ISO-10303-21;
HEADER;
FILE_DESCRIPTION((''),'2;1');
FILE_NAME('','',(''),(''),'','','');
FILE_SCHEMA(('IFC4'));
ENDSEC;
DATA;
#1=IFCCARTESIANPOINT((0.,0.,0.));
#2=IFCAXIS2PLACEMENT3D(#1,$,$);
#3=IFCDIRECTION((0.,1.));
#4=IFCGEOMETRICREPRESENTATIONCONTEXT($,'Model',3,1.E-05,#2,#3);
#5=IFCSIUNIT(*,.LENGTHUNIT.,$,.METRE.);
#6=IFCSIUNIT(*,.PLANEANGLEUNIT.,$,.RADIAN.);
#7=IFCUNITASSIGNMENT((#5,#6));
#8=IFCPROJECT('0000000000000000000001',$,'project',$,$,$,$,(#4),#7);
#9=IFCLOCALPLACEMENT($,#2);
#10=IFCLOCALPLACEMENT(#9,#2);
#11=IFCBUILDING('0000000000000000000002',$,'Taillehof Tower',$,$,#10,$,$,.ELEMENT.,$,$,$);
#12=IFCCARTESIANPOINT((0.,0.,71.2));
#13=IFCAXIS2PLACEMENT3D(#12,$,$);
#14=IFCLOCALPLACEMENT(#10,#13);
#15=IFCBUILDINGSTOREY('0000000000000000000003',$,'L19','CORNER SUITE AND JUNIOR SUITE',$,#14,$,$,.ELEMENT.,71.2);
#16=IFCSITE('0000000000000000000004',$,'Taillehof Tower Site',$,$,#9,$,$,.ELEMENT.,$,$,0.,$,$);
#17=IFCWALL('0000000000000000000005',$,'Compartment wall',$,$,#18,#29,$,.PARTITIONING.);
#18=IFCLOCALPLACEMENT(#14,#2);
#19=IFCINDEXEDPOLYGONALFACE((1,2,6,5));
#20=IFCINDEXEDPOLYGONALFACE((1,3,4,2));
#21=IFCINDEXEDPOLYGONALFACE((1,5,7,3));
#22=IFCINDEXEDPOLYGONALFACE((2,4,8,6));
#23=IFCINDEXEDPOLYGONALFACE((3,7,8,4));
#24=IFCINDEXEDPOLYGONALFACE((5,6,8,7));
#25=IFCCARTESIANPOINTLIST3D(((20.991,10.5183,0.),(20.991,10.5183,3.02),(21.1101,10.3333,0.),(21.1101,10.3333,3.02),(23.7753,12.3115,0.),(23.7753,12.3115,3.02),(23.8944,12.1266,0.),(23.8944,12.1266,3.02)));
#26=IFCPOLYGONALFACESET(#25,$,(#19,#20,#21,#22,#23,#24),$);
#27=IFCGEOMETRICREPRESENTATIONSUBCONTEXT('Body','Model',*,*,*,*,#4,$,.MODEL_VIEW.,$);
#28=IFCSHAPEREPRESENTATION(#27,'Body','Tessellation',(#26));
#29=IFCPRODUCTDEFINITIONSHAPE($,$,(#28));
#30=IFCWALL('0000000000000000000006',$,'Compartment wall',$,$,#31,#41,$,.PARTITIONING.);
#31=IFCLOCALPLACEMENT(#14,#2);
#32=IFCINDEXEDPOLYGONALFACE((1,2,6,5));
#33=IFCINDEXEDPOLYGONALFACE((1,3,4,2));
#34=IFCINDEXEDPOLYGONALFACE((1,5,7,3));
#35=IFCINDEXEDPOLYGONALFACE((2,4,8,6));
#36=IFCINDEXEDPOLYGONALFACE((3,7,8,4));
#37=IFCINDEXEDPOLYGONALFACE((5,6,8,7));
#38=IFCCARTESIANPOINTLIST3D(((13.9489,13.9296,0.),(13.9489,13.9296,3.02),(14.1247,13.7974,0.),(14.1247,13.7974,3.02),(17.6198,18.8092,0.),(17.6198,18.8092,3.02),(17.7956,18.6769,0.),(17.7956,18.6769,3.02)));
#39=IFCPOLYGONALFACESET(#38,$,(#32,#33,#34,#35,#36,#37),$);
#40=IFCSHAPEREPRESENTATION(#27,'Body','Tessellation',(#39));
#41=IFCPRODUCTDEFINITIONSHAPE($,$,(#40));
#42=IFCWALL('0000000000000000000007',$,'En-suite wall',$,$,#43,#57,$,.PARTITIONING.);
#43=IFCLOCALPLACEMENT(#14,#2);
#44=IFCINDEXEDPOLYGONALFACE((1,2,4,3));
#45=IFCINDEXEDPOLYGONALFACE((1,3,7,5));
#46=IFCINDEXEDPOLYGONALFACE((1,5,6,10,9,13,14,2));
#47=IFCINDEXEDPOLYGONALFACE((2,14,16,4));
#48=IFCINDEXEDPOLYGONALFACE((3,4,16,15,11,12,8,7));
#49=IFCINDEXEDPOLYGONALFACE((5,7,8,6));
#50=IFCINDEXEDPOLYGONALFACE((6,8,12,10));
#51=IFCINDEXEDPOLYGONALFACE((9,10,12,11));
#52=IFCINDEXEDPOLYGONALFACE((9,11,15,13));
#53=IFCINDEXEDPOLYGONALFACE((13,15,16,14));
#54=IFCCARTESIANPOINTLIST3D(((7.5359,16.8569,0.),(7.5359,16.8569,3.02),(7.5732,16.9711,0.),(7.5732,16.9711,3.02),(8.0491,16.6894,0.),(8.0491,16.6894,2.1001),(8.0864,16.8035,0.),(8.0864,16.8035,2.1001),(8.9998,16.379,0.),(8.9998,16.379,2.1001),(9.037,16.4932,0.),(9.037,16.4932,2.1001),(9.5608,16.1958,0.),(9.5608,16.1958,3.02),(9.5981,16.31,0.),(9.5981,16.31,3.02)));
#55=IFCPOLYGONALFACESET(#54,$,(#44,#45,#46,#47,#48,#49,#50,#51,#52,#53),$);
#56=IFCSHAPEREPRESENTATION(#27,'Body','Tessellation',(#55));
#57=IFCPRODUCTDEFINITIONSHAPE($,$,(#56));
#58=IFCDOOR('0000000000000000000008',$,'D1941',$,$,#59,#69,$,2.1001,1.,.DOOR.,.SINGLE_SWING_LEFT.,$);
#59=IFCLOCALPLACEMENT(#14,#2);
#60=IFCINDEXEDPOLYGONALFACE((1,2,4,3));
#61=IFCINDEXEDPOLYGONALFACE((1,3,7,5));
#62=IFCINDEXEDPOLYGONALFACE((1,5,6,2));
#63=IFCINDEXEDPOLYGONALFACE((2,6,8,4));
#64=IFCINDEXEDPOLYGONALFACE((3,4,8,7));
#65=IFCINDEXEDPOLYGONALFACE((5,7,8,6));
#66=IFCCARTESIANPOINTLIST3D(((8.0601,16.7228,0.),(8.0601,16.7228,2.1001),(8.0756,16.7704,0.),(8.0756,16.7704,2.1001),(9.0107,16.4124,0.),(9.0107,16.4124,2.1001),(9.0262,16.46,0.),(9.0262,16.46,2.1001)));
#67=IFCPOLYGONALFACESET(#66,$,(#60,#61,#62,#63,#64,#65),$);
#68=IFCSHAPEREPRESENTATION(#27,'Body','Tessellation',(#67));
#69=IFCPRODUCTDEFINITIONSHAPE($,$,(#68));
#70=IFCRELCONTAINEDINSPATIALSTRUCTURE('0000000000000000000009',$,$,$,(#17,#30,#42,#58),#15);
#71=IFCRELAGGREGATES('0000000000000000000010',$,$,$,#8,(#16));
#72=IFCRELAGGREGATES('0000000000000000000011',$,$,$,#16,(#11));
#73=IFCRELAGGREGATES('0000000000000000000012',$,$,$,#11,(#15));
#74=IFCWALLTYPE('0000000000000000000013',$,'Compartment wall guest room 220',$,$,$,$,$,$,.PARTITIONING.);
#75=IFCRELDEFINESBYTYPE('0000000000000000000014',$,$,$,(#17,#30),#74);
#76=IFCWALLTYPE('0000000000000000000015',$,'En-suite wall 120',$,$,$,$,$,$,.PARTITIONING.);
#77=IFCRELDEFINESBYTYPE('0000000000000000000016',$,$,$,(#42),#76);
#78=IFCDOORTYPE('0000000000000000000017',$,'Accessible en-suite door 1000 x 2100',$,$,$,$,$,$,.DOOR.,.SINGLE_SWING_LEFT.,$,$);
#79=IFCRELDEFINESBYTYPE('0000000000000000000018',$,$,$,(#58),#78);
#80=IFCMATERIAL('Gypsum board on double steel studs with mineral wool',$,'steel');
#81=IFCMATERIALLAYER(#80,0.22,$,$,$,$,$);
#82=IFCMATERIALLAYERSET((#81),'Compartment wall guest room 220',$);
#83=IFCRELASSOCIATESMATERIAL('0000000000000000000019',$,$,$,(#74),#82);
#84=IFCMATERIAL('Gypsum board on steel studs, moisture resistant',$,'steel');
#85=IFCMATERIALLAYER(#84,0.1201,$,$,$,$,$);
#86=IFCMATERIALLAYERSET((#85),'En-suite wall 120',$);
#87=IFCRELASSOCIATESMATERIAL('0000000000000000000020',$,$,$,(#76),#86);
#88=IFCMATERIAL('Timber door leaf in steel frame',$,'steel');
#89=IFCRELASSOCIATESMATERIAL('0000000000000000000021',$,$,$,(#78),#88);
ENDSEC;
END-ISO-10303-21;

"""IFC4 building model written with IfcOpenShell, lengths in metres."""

from ifc_helpers import new_model, si_unit, direction, frame, frame_2d, origin, place, context, subcontext, project, spatial, rectangle, extrude, material, layer, layer_set, type_object, element, fill, save


model = new_model("IFC4")

# Units and contexts
model_context = context("Model", 3, precision=1e-05, world=origin(), true_north=direction((0.0, 1.0)))
body_context = subcontext(model_context, "Body", "Model", "MODEL_VIEW")
ifc_project = project(units=[si_unit("LENGTHUNIT", "METRE"), si_unit("PLANEANGLEUNIT", "RADIAN")], contexts=[model_context])

# Site, building, storey
site_placement = place(None, origin())
site = spatial("IfcSite", under=ifc_project, at=site_placement, Name="Taillehof Tower Site", CompositionType="ELEMENT", RefElevation=0.0)
building_placement = place(site_placement, origin())
building = spatial("IfcBuilding", under=site, at=building_placement, Name="Taillehof Tower", CompositionType="ELEMENT")
storey_placement = place(building_placement, frame((0.0, 0.0, 71.2)))
storey = spatial("IfcBuildingStorey", under=building, at=storey_placement, Name="L19", Description="CORNER SUITE AND JUNIOR SUITE", CompositionType="ELEMENT", Elevation=71.2)

# Walls
ifc_material_1 = material(Name="Gypsum board on double steel studs with mineral wool", Category="steel")
ifc_layer_1 = layer(ifc_material_1, 0.22)
ifc_layer_set_1 = layer_set([ifc_layer_1], Name="Compartment wall guest room 220")
wall_type_1 = type_object("IfcWallType", Name="Compartment wall guest room 220", PredefinedType="PARTITIONING", material=ifc_layer_set_1)
wall_1_placement = place(storey_placement, frame((23.8347, 12.219, 0.0), z_axis=(0.0, 0.0, 1.0), x_axis=(-0.840713, -0.54148, 0.0)))
element("IfcWall", 1, at=wall_1_placement, inside=storey, type_object=wall_type_1, Name="Compartment wall", PredefinedType="PARTITIONING", context=body_context, shape_type="SweptSolid", body=[
    extrude(rectangle(XDim=3.3118, YDim=0.22, at=frame_2d((1.6558, 0.0))), origin(), (0.0, 0.0, 1.0), 3.02),
])
wall_2_placement = place(storey_placement, frame((17.7078, 18.7432, 0.0), z_axis=(0.0, 0.0, 1.0), x_axis=(-0.60117, -0.799121, 0.0)))
element("IfcWall", 2, at=wall_2_placement, inside=storey, type_object=wall_type_1, Name="Compartment wall", PredefinedType="PARTITIONING", context=body_context, shape_type="SweptSolid", body=[
    extrude(rectangle(XDim=6.1062, YDim=0.22, at=frame_2d((3.0532, 0.0))), origin(), (0.0, 0.0, 1.0), 3.02),
])

# Wall, opening, door
ifc_material_2 = material(Name="Gypsum board on steel studs, moisture resistant", Category="steel")
ifc_layer_2 = layer(ifc_material_2, 0.1201)
ifc_layer_set_2 = layer_set([ifc_layer_2], Name="En-suite wall 120")
wall_type_2 = type_object("IfcWallType", Name="En-suite wall 120", PredefinedType="PARTITIONING", material=ifc_layer_set_2)
wall_3_placement = place(storey_placement, frame((9.5793, 16.2529, 0.0), z_axis=(0.0, 0.0, 1.0), x_axis=(-0.950614, 0.310376, 0.0)))
wall_3 = element("IfcWall", 3, at=wall_3_placement, inside=storey, type_object=wall_type_2, Name="En-suite wall", PredefinedType="PARTITIONING", context=body_context, shape_type="SweptSolid", body=[
    extrude(rectangle(XDim=2.1301, YDim=0.1201, at=frame_2d((1.0649, 0.0))), origin(), (0.0, 0.0, 1.0), 3.02),
])
opening_1_placement = place(wall_3_placement, frame((0.5901, 0.0, 0.0)))
opening_1 = element("IfcOpeningElement", 4, at=opening_1_placement, cuts=wall_3, PredefinedType="OPENING", context=body_context, shape_type="SweptSolid", body=[
    extrude(rectangle(XDim=1.0, YDim=2.1001, at=frame_2d((0.5, 1.05))), frame((0.0, 0.0701, 0.0), z_axis=(0.0, -1.0, 0.0), x_axis=(1.0, 0.0, 0.0)), (0.0, 0.0, 1.0), 0.1401),
])
ifc_material_3 = material(Name="Timber door leaf in steel frame", Category="steel")
door_type_1 = type_object("IfcDoorType", Name="Accessible en-suite door 1000 x 2100", OperationType="SINGLE_SWING_LEFT", PredefinedType="DOOR", material=ifc_material_3)
door_1_placement = place(opening_1_placement, origin())
door_1 = element("IfcDoor", 5, at=door_1_placement, inside=storey, type_object=door_type_1, Name="D1941", OperationType="SINGLE_SWING_LEFT", OverallHeight=2.1001, OverallWidth=1.0, PredefinedType="DOOR", context=body_context, shape_type="SweptSolid", body=[
    extrude(rectangle(XDim=1.0, YDim=2.1001, at=frame_2d((0.5, 1.05))), frame((0.0, 0.0249, 0.0), z_axis=(0.0, -1.0, 0.0), x_axis=(1.0, 0.0, 0.0)), (0.0, 0.0, 1.0), 0.05),
])
fill(opening_1, door_1)

save(model, "model.ifc")
